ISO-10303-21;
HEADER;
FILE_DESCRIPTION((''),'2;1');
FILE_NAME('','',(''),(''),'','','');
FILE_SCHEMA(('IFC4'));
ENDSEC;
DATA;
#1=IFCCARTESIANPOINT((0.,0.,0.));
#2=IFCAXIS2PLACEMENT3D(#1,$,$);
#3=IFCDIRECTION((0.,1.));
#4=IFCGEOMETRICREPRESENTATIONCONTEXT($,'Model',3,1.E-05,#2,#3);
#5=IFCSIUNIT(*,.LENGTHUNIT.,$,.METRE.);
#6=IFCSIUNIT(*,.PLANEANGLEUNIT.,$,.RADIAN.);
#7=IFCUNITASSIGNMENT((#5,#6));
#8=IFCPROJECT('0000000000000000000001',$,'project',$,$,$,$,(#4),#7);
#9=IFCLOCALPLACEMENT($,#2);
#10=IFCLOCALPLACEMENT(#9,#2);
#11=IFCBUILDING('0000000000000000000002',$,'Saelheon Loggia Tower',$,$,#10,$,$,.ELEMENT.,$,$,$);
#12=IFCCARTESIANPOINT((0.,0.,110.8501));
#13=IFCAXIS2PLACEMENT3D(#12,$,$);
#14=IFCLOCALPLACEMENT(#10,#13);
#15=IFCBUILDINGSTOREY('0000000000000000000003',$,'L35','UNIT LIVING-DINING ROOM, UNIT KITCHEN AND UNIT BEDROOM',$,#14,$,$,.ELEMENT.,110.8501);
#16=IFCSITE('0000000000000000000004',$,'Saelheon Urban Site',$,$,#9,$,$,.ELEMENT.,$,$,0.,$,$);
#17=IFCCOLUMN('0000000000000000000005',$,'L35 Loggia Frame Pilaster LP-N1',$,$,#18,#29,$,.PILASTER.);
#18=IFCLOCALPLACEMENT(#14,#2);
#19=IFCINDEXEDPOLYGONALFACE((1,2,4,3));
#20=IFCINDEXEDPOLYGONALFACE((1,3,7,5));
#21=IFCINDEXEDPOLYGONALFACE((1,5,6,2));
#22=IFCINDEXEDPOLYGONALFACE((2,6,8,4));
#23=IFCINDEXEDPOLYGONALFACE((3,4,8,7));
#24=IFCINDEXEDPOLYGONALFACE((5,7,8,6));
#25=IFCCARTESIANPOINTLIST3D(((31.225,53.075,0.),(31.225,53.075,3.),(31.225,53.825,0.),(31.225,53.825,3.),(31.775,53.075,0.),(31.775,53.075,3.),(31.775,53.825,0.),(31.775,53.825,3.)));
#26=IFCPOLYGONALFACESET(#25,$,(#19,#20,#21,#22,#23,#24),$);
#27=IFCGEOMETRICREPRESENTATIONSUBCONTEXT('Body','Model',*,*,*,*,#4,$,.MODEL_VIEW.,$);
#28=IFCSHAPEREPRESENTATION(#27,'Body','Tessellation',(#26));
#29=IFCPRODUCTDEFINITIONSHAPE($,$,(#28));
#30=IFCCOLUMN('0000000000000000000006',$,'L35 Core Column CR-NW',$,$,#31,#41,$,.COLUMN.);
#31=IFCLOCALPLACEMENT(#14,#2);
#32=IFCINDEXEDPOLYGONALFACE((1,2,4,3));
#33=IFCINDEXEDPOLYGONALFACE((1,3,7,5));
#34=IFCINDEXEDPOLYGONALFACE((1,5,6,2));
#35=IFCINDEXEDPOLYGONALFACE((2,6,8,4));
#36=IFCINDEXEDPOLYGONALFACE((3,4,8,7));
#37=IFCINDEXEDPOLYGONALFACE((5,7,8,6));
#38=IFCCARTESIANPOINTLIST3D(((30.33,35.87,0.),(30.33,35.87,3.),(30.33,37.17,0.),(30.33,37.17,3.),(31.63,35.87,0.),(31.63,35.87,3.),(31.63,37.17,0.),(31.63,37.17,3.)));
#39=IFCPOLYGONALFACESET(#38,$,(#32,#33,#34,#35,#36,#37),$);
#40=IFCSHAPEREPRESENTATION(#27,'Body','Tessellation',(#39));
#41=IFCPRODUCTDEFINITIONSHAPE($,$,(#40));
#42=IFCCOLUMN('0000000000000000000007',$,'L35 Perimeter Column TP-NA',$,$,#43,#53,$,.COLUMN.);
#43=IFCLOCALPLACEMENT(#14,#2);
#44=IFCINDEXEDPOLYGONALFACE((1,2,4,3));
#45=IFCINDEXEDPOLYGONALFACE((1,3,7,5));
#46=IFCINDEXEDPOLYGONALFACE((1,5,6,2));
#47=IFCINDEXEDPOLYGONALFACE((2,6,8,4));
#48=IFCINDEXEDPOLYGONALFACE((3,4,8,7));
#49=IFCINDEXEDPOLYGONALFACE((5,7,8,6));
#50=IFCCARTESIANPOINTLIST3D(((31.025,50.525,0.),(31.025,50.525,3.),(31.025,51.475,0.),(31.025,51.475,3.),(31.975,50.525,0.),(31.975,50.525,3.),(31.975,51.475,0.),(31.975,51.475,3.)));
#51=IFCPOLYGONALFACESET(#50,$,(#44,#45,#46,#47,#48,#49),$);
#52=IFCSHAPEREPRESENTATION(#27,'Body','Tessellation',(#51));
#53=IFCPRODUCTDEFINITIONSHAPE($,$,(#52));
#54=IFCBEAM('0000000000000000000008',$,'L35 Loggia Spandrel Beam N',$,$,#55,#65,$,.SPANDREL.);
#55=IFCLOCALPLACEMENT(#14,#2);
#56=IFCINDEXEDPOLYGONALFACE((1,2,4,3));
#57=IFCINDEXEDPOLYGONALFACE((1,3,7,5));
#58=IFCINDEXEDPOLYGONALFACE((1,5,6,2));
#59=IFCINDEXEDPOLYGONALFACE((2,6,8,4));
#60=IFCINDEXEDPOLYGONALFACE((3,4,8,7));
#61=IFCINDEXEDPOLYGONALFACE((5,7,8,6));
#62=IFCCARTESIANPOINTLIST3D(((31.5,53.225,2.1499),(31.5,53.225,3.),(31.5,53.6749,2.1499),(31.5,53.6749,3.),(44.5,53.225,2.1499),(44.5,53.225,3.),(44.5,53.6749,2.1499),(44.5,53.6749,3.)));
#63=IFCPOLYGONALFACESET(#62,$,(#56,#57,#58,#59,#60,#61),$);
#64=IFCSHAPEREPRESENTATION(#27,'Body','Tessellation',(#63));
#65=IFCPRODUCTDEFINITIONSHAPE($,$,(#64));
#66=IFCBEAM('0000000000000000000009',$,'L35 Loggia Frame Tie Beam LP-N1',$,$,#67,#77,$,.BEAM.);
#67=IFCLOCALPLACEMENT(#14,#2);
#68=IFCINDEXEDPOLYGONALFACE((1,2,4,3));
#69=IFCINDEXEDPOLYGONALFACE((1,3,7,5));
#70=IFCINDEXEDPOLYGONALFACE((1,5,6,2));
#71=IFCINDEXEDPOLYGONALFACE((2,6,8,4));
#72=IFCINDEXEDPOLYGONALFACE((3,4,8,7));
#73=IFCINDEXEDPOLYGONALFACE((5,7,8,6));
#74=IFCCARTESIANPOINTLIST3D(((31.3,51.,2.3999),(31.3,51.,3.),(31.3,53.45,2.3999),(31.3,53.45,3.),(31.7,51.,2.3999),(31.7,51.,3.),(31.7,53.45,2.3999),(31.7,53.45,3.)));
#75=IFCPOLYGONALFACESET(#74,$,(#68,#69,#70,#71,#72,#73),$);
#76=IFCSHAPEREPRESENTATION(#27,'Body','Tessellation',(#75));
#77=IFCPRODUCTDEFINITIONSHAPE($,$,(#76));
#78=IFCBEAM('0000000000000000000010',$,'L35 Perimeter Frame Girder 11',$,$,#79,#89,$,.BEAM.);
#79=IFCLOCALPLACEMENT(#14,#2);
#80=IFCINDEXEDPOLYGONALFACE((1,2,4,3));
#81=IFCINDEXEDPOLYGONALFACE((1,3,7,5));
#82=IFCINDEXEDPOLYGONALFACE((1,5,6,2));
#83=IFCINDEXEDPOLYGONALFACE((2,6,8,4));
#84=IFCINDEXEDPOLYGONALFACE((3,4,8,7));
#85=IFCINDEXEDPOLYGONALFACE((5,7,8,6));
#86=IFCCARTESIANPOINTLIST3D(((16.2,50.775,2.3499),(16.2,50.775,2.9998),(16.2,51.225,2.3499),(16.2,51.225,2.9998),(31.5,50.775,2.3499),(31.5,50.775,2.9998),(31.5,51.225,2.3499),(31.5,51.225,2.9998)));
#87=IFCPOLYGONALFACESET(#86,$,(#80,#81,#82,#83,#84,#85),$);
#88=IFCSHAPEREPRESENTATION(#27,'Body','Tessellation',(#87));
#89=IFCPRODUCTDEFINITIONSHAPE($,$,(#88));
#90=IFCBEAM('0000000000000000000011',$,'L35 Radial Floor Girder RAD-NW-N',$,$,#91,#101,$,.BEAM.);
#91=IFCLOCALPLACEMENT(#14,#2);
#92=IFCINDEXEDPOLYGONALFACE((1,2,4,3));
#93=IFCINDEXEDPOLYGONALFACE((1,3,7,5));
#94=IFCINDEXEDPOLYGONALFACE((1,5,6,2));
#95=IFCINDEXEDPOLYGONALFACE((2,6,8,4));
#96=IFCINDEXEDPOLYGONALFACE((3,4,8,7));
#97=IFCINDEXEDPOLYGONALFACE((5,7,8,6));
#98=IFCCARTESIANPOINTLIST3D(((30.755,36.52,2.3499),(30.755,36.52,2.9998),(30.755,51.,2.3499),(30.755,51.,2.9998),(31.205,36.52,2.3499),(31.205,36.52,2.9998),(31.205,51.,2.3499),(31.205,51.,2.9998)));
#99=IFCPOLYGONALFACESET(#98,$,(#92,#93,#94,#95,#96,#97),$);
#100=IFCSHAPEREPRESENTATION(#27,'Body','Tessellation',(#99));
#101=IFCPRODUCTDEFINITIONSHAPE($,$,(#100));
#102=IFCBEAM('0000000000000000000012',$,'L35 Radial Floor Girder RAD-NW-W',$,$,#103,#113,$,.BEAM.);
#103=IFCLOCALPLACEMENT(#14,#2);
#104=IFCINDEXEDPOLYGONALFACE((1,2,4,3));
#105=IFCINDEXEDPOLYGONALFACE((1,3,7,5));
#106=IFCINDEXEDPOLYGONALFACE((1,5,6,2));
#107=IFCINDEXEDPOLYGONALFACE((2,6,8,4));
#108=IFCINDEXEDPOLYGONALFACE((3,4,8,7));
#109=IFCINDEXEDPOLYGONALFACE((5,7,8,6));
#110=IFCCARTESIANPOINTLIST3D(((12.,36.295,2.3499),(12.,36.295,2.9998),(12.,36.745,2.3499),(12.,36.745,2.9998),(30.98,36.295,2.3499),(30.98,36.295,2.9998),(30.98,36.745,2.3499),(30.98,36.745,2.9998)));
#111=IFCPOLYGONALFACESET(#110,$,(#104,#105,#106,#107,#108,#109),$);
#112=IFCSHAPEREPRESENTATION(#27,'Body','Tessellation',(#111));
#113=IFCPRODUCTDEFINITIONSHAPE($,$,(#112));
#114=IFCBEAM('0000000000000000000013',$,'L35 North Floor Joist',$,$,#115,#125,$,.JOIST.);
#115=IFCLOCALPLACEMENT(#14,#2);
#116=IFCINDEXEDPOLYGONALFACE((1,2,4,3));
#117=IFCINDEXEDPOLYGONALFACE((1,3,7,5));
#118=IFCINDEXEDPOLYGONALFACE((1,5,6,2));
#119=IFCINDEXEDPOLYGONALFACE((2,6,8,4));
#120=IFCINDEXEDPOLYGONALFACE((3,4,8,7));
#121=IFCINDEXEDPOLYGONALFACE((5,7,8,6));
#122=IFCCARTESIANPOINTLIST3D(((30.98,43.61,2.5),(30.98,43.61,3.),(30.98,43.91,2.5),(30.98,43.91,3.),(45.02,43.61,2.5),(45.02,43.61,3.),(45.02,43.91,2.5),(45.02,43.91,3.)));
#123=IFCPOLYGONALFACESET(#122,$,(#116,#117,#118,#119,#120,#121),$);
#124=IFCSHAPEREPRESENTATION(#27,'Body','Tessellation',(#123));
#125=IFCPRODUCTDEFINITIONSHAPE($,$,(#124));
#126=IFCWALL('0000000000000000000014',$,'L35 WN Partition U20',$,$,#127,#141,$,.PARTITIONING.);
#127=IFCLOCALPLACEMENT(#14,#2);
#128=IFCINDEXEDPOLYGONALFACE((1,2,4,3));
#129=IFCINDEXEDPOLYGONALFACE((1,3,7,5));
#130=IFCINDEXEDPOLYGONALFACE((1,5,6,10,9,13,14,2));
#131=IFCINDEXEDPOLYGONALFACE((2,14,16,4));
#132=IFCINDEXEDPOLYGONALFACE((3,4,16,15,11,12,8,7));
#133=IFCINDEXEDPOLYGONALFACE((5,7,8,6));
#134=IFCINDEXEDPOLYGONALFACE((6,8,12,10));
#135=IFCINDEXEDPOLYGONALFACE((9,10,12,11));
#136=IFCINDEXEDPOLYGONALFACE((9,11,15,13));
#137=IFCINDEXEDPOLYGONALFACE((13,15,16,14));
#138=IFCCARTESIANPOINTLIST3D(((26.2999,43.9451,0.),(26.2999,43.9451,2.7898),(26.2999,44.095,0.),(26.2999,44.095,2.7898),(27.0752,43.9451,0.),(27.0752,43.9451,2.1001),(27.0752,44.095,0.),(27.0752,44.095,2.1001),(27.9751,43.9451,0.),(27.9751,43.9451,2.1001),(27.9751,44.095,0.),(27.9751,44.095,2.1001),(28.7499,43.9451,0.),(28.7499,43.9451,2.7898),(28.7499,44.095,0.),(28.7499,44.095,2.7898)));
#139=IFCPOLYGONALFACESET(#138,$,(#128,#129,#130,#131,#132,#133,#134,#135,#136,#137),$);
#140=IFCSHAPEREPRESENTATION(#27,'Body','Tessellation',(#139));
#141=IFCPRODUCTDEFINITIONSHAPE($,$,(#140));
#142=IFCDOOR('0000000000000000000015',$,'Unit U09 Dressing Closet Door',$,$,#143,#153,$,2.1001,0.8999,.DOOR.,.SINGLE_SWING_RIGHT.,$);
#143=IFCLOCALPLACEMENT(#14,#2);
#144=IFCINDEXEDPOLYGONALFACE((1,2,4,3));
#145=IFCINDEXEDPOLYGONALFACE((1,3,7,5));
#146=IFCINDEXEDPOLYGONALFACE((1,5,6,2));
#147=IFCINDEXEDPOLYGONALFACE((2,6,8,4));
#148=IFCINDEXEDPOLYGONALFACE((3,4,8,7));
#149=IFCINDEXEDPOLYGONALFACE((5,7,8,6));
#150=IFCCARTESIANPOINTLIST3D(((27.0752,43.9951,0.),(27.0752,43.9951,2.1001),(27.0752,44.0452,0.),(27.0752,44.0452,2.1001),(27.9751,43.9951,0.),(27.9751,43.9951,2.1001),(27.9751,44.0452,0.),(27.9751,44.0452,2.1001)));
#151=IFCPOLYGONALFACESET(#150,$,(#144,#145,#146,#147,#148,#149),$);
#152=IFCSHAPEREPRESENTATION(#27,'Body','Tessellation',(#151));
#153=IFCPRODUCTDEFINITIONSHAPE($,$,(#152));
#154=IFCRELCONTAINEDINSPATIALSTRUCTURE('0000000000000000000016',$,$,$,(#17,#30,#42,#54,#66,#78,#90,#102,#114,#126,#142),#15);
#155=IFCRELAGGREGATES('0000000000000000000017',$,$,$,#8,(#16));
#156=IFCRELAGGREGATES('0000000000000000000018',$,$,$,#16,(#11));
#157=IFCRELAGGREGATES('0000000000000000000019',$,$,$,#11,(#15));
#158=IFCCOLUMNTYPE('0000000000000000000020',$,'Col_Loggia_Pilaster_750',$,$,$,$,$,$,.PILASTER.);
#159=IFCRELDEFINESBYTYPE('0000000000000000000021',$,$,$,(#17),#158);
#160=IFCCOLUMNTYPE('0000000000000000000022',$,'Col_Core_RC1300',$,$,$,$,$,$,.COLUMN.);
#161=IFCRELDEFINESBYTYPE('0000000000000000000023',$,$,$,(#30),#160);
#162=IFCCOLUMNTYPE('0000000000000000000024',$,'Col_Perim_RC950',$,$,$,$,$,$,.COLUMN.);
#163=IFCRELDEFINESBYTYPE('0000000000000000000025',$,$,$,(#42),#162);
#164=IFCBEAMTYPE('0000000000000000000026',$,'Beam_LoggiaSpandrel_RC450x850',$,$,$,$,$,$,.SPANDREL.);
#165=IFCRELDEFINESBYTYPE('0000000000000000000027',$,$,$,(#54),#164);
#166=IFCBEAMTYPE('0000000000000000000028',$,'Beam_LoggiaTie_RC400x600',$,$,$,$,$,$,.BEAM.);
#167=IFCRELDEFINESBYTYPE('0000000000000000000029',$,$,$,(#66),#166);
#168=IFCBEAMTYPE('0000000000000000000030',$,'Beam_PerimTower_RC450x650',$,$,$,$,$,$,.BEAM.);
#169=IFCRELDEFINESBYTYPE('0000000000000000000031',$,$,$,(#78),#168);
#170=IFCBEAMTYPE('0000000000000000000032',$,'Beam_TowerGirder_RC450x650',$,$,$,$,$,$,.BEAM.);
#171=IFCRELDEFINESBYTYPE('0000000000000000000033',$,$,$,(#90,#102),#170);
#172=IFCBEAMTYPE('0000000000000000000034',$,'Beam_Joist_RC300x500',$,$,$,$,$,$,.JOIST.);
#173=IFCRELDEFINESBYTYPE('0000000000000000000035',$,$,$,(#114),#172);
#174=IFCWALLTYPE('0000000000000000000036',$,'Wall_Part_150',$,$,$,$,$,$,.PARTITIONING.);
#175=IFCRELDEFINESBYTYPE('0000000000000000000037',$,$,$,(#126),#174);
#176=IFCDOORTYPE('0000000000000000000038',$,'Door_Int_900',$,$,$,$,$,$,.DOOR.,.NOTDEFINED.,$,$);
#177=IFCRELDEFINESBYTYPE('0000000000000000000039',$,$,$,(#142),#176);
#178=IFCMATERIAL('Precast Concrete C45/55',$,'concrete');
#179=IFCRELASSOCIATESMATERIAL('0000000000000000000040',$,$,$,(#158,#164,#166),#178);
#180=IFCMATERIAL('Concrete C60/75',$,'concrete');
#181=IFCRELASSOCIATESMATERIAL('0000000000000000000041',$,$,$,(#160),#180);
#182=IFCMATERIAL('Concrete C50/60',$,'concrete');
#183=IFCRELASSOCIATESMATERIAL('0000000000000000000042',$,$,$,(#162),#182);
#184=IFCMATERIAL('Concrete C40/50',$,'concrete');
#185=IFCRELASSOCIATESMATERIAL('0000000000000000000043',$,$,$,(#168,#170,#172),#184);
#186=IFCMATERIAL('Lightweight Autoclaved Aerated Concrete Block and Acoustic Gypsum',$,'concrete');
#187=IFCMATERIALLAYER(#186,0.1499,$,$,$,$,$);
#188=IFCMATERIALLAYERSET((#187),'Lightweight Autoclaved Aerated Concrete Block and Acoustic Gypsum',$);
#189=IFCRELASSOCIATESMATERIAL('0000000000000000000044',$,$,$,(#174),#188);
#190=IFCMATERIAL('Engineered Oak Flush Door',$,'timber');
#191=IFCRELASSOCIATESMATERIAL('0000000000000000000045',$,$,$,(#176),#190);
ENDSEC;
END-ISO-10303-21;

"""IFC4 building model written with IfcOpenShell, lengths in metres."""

from ifc_helpers import new_model, si_unit, direction, frame, frame_2d, origin, origin_2d, place, context, subcontext, project, spatial, rectangle, extrude, source, transform, mapped, material, layer, layer_set, material_profile, profile_set, type_object, element, fill, save


model = new_model("IFC4")

# Units and contexts
model_context = context("Model", 3, precision=1e-05, world=origin(), true_north=direction((0.0, 1.0)))
body_context = subcontext(model_context, "Body", "Model", "MODEL_VIEW")
ifc_project = project(units=[si_unit("LENGTHUNIT", "METRE"), si_unit("PLANEANGLEUNIT", "RADIAN")], contexts=[model_context])

# Site, building, storey
site_placement = place(None, origin())
site = spatial("IfcSite", under=ifc_project, at=site_placement, Name="Saelheon Urban Site", CompositionType="ELEMENT", RefElevation=0.0)
building_placement = place(site_placement, origin())
building = spatial("IfcBuilding", under=site, at=building_placement, Name="Saelheon Loggia Tower", CompositionType="ELEMENT")
storey_placement = place(building_placement, frame((0.0, 0.0, 110.8501)))
storey = spatial("IfcBuildingStorey", under=building, at=storey_placement, Name="L35", Description="UNIT LIVING-DINING ROOM, UNIT KITCHEN AND UNIT BEDROOM", CompositionType="ELEMENT", Elevation=110.8501)

# Columns
ifc_material_1 = material(Name="Precast Concrete C45/55", Category="concrete")
ifc_material_profile_1 = material_profile(ifc_material_1, rectangle(XDim=0.55, YDim=0.75, at=origin_2d()), Name="RC-550x750")
ifc_profile_set_1 = profile_set([ifc_material_profile_1], Name="Precast Concrete C45/55")
column_type_1 = type_object("IfcColumnType", Name="Col_Loggia_Pilaster_750", PredefinedType="PILASTER", material=ifc_profile_set_1)
shared_shape_1 = source(origin(), body_context, "Body", "SweptSolid", [
    extrude(rectangle(XDim=0.55, YDim=0.75, at=origin_2d()), origin(), (0.0, 0.0, 1.0), 3.0),
])
column_1_placement = place(storey_placement, frame((31.5, 53.45, 0.0), z_axis=(0.0, 0.0, 1.0), x_axis=(1.0, 0.0, 0.0)))
element("IfcColumn", 1, at=column_1_placement, inside=storey, type_object=column_type_1, Name="L35 Loggia Frame Pilaster LP-N1", PredefinedType="PILASTER", context=body_context, shape_type="MappedRepresentation", body=[
    mapped(shared_shape_1, transform((0.0, 0.0, 0.0), scale=1.0)),
])
ifc_material_2 = material(Name="Concrete C60/75", Category="concrete")
ifc_material_profile_2 = material_profile(ifc_material_2, rectangle(XDim=1.3, YDim=1.3, at=origin_2d()), Name="RC-1300x1300")
ifc_profile_set_2 = profile_set([ifc_material_profile_2], Name="Concrete C60/75")
column_type_2 = type_object("IfcColumnType", Name="Col_Core_RC1300", PredefinedType="COLUMN", material=ifc_profile_set_2)
shared_shape_2 = source(origin(), body_context, "Body", "SweptSolid", [
    extrude(rectangle(XDim=1.3, YDim=1.3, at=origin_2d()), origin(), (0.0, 0.0, 1.0), 3.0),
])
column_2_placement = place(storey_placement, frame((30.98, 36.52, 0.0), z_axis=(0.0, 0.0, 1.0), x_axis=(1.0, 0.0, 0.0)))
element("IfcColumn", 2, at=column_2_placement, inside=storey, type_object=column_type_2, Name="L35 Core Column CR-NW", PredefinedType="COLUMN", context=body_context, shape_type="MappedRepresentation", body=[
    mapped(shared_shape_2, transform((0.0, 0.0, 0.0), scale=1.0)),
])
ifc_material_3 = material(Name="Concrete C50/60", Category="concrete")
ifc_material_profile_3 = material_profile(ifc_material_3, rectangle(XDim=0.95, YDim=0.95, at=origin_2d()), Name="RC-950x950")
ifc_profile_set_3 = profile_set([ifc_material_profile_3], Name="Concrete C50/60")
column_type_3 = type_object("IfcColumnType", Name="Col_Perim_RC950", PredefinedType="COLUMN", material=ifc_profile_set_3)
shared_shape_3 = source(origin(), body_context, "Body", "SweptSolid", [
    extrude(rectangle(XDim=0.95, YDim=0.95, at=origin_2d()), origin(), (0.0, 0.0, 1.0), 3.0),
])
column_3_placement = place(storey_placement, frame((31.5, 51.0, 0.0), z_axis=(0.0, 0.0, 1.0), x_axis=(1.0, 0.0, 0.0)))
element("IfcColumn", 3, at=column_3_placement, inside=storey, type_object=column_type_3, Name="L35 Perimeter Column TP-NA", PredefinedType="COLUMN", context=body_context, shape_type="MappedRepresentation", body=[
    mapped(shared_shape_3, transform((0.0, 0.0, 0.0), scale=1.0)),
])

# Beams
ifc_material_profile_4 = material_profile(ifc_material_1, rectangle(XDim=0.45, YDim=0.8501, at=origin_2d()), Name="RC-450x850")
ifc_profile_set_4 = profile_set([ifc_material_profile_4], Name="Precast Concrete C45/55")
beam_type_1 = type_object("IfcBeamType", Name="Beam_LoggiaSpandrel_RC450x850", PredefinedType="SPANDREL", material=ifc_profile_set_4)
shared_shape_4 = source(origin(), body_context, "Body", "SweptSolid", [
    extrude(rectangle(XDim=0.45, YDim=0.8501, at=origin_2d()), origin(), (0.0, 0.0, 1.0), 13.0),
])
beam_1_placement = place(storey_placement, frame((31.5, 53.45, 2.575), z_axis=(1.0, 0.0, 0.0), x_axis=(0.0, 1.0, 0.0)))
element("IfcBeam", 4, at=beam_1_placement, inside=storey, type_object=beam_type_1, Name="L35 Loggia Spandrel Beam N", PredefinedType="SPANDREL", context=body_context, shape_type="MappedRepresentation", body=[
    mapped(shared_shape_4, transform((0.0, 0.0, 0.0), scale=1.0)),
])
ifc_material_profile_5 = material_profile(ifc_material_1, rectangle(XDim=0.3999, YDim=0.6001, at=origin_2d()), Name="RC-400x600")
ifc_profile_set_5 = profile_set([ifc_material_profile_5], Name="Precast Concrete C45/55")
beam_type_2 = type_object("IfcBeamType", Name="Beam_LoggiaTie_RC400x600", PredefinedType="BEAM", material=ifc_profile_set_5)
shared_shape_5 = source(origin(), body_context, "Body", "SweptSolid", [
    extrude(rectangle(XDim=0.3999, YDim=0.6001, at=origin_2d()), origin(), (0.0, 0.0, 1.0), 2.45),
])
beam_2_placement = place(storey_placement, frame((31.5, 51.0, 2.7), z_axis=(0.0, 1.0, 0.0), x_axis=(-1.0, 0.0, 0.0)))
element("IfcBeam", 5, at=beam_2_placement, inside=storey, type_object=beam_type_2, Name="L35 Loggia Frame Tie Beam LP-N1", PredefinedType="BEAM", context=body_context, shape_type="MappedRepresentation", body=[
    mapped(shared_shape_5, transform((0.0, 0.0, 0.0), scale=1.0)),
])
ifc_material_4 = material(Name="Concrete C40/50", Category="concrete")
ifc_material_profile_6 = material_profile(ifc_material_4, rectangle(XDim=0.45, YDim=0.6499, at=origin_2d()), Name="RC-450x650")
ifc_profile_set_6 = profile_set([ifc_material_profile_6], Name="Concrete C40/50")
beam_type_3 = type_object("IfcBeamType", Name="Beam_PerimTower_RC450x650", PredefinedType="BEAM", material=ifc_profile_set_6)
shared_shape_6 = source(origin(), body_context, "Body", "SweptSolid", [
    extrude(rectangle(XDim=0.45, YDim=0.6499, at=origin_2d()), origin(), (0.0, 0.0, 1.0), 15.3),
])
beam_3_placement = place(storey_placement, frame((31.5, 51.0, 2.6748), z_axis=(-1.0, 0.0, 0.0), x_axis=(0.0, -1.0, 0.0)))
element("IfcBeam", 6, at=beam_3_placement, inside=storey, type_object=beam_type_3, Name="L35 Perimeter Frame Girder 11", PredefinedType="BEAM", context=body_context, shape_type="MappedRepresentation", body=[
    mapped(shared_shape_6, transform((0.0, 0.0, 0.0), scale=1.0)),
])
ifc_material_profile_7 = material_profile(ifc_material_4, rectangle(XDim=0.45, YDim=0.6499, at=origin_2d()), Name="RC-450x650")
ifc_profile_set_7 = profile_set([ifc_material_profile_7], Name="Concrete C40/50")
beam_type_4 = type_object("IfcBeamType", Name="Beam_TowerGirder_RC450x650", PredefinedType="BEAM", material=ifc_profile_set_7)
shared_shape_7 = source(origin(), body_context, "Body", "SweptSolid", [
    extrude(rectangle(XDim=0.45, YDim=0.6499, at=origin_2d()), origin(), (0.0, 0.0, 1.0), 14.48),
])
beam_4_placement = place(storey_placement, frame((30.98, 36.52, 2.6748), z_axis=(0.0, 1.0, 0.0), x_axis=(-1.0, 0.0, 0.0)))
element("IfcBeam", 7, at=beam_4_placement, inside=storey, type_object=beam_type_4, Name="L35 Radial Floor Girder RAD-NW-N", PredefinedType="BEAM", context=body_context, shape_type="MappedRepresentation", body=[
    mapped(shared_shape_7, transform((0.0, 0.0, 0.0), scale=1.0)),
])
shared_shape_8 = source(origin(), body_context, "Body", "SweptSolid", [
    extrude(rectangle(XDim=0.45, YDim=0.6499, at=origin_2d()), origin(), (0.0, 0.0, 1.0), 18.98),
])
beam_5_placement = place(storey_placement, frame((30.98, 36.52, 2.6748), z_axis=(-1.0, 0.0, 0.0), x_axis=(0.0, -1.0, 0.0)))
element("IfcBeam", 8, at=beam_5_placement, inside=storey, type_object=beam_type_4, Name="L35 Radial Floor Girder RAD-NW-W", PredefinedType="BEAM", context=body_context, shape_type="MappedRepresentation", body=[
    mapped(shared_shape_8, transform((0.0, 0.0, 0.0), scale=1.0)),
])
ifc_material_profile_8 = material_profile(ifc_material_4, rectangle(XDim=0.3, YDim=0.5, at=origin_2d()), Name="RC-300x500")
ifc_profile_set_8 = profile_set([ifc_material_profile_8], Name="Concrete C40/50")
beam_type_5 = type_object("IfcBeamType", Name="Beam_Joist_RC300x500", PredefinedType="JOIST", material=ifc_profile_set_8)
shared_shape_9 = source(origin(), body_context, "Body", "SweptSolid", [
    extrude(rectangle(XDim=0.3, YDim=0.5, at=origin_2d()), origin(), (0.0, 0.0, 1.0), 14.04),
])
beam_6_placement = place(storey_placement, frame((30.98, 43.76, 2.75), z_axis=(1.0, 0.0, 0.0), x_axis=(0.0, 1.0, 0.0)))
element("IfcBeam", 9, at=beam_6_placement, inside=storey, type_object=beam_type_5, Name="L35 North Floor Joist", PredefinedType="JOIST", context=body_context, shape_type="MappedRepresentation", body=[
    mapped(shared_shape_9, transform((0.0, 0.0, 0.0), scale=1.0)),
])

# Wall, opening, door
ifc_material_5 = material(Name="Lightweight Autoclaved Aerated Concrete Block and Acoustic Gypsum", Category="concrete")
ifc_layer_1 = layer(ifc_material_5, 0.1499)
ifc_layer_set_1 = layer_set([ifc_layer_1], Name="Lightweight Autoclaved Aerated Concrete Block and Acoustic Gypsum")
wall_type_1 = type_object("IfcWallType", Name="Wall_Part_150", PredefinedType="PARTITIONING", material=ifc_layer_set_1)
wall_1_placement = place(storey_placement, frame((28.75, 44.02, 0.0), z_axis=(0.0, 0.0, 1.0), x_axis=(-1.0, 0.0, 0.0)))
wall_1 = element("IfcWall", 10, at=wall_1_placement, inside=storey, type_object=wall_type_1, Name="L35 WN Partition U20", PredefinedType="PARTITIONING", context=body_context, shape_type="SweptSolid", body=[
    extrude(rectangle(XDim=2.45, YDim=0.1499, at=frame_2d((1.2251, 0.0))), origin(), (0.0, 0.0, 1.0), 2.7898),
])
opening_1_placement = place(wall_1_placement, frame((0.7749, 0.0, 0.0)))
opening_1 = element("IfcOpeningElement", 11, at=opening_1_placement, cuts=wall_1, PredefinedType="OPENING", context=body_context, shape_type="SweptSolid", body=[
    extrude(rectangle(XDim=0.8999, YDim=2.1001, at=frame_2d((0.45, 1.05))), frame((0.0, 0.0869, 0.0), z_axis=(0.0, -1.0, 0.0), x_axis=(1.0, 0.0, 0.0)), (0.0, 0.0, 1.0), 0.1738),
])
ifc_material_6 = material(Name="Engineered Oak Flush Door", Category="timber")
door_type_1 = type_object("IfcDoorType", Name="Door_Int_900", OperationType="NOTDEFINED", PredefinedType="DOOR", material=ifc_material_6)
shared_shape_10 = source(origin(), body_context, "Body", "SweptSolid", [
    extrude(rectangle(XDim=0.8999, YDim=2.1001, at=frame_2d((0.45, 1.05))), frame((0.0, 0.0249, 0.0), z_axis=(0.0, -1.0, 0.0), x_axis=(1.0, 0.0, 0.0)), (0.0, 0.0, 1.0), 0.05),
])
door_1_placement = place(opening_1_placement, origin())
door_1 = element("IfcDoor", 12, at=door_1_placement, inside=storey, type_object=door_type_1, Name="Unit U09 Dressing Closet Door", OperationType="SINGLE_SWING_RIGHT", OverallHeight=2.1001, OverallWidth=0.8999, PredefinedType="DOOR", context=body_context, shape_type="MappedRepresentation", body=[
    mapped(shared_shape_10, transform((0.0, 0.0, 0.0), scale=1.0)),
])
fill(opening_1, door_1)

save(model, "model.ifc")
